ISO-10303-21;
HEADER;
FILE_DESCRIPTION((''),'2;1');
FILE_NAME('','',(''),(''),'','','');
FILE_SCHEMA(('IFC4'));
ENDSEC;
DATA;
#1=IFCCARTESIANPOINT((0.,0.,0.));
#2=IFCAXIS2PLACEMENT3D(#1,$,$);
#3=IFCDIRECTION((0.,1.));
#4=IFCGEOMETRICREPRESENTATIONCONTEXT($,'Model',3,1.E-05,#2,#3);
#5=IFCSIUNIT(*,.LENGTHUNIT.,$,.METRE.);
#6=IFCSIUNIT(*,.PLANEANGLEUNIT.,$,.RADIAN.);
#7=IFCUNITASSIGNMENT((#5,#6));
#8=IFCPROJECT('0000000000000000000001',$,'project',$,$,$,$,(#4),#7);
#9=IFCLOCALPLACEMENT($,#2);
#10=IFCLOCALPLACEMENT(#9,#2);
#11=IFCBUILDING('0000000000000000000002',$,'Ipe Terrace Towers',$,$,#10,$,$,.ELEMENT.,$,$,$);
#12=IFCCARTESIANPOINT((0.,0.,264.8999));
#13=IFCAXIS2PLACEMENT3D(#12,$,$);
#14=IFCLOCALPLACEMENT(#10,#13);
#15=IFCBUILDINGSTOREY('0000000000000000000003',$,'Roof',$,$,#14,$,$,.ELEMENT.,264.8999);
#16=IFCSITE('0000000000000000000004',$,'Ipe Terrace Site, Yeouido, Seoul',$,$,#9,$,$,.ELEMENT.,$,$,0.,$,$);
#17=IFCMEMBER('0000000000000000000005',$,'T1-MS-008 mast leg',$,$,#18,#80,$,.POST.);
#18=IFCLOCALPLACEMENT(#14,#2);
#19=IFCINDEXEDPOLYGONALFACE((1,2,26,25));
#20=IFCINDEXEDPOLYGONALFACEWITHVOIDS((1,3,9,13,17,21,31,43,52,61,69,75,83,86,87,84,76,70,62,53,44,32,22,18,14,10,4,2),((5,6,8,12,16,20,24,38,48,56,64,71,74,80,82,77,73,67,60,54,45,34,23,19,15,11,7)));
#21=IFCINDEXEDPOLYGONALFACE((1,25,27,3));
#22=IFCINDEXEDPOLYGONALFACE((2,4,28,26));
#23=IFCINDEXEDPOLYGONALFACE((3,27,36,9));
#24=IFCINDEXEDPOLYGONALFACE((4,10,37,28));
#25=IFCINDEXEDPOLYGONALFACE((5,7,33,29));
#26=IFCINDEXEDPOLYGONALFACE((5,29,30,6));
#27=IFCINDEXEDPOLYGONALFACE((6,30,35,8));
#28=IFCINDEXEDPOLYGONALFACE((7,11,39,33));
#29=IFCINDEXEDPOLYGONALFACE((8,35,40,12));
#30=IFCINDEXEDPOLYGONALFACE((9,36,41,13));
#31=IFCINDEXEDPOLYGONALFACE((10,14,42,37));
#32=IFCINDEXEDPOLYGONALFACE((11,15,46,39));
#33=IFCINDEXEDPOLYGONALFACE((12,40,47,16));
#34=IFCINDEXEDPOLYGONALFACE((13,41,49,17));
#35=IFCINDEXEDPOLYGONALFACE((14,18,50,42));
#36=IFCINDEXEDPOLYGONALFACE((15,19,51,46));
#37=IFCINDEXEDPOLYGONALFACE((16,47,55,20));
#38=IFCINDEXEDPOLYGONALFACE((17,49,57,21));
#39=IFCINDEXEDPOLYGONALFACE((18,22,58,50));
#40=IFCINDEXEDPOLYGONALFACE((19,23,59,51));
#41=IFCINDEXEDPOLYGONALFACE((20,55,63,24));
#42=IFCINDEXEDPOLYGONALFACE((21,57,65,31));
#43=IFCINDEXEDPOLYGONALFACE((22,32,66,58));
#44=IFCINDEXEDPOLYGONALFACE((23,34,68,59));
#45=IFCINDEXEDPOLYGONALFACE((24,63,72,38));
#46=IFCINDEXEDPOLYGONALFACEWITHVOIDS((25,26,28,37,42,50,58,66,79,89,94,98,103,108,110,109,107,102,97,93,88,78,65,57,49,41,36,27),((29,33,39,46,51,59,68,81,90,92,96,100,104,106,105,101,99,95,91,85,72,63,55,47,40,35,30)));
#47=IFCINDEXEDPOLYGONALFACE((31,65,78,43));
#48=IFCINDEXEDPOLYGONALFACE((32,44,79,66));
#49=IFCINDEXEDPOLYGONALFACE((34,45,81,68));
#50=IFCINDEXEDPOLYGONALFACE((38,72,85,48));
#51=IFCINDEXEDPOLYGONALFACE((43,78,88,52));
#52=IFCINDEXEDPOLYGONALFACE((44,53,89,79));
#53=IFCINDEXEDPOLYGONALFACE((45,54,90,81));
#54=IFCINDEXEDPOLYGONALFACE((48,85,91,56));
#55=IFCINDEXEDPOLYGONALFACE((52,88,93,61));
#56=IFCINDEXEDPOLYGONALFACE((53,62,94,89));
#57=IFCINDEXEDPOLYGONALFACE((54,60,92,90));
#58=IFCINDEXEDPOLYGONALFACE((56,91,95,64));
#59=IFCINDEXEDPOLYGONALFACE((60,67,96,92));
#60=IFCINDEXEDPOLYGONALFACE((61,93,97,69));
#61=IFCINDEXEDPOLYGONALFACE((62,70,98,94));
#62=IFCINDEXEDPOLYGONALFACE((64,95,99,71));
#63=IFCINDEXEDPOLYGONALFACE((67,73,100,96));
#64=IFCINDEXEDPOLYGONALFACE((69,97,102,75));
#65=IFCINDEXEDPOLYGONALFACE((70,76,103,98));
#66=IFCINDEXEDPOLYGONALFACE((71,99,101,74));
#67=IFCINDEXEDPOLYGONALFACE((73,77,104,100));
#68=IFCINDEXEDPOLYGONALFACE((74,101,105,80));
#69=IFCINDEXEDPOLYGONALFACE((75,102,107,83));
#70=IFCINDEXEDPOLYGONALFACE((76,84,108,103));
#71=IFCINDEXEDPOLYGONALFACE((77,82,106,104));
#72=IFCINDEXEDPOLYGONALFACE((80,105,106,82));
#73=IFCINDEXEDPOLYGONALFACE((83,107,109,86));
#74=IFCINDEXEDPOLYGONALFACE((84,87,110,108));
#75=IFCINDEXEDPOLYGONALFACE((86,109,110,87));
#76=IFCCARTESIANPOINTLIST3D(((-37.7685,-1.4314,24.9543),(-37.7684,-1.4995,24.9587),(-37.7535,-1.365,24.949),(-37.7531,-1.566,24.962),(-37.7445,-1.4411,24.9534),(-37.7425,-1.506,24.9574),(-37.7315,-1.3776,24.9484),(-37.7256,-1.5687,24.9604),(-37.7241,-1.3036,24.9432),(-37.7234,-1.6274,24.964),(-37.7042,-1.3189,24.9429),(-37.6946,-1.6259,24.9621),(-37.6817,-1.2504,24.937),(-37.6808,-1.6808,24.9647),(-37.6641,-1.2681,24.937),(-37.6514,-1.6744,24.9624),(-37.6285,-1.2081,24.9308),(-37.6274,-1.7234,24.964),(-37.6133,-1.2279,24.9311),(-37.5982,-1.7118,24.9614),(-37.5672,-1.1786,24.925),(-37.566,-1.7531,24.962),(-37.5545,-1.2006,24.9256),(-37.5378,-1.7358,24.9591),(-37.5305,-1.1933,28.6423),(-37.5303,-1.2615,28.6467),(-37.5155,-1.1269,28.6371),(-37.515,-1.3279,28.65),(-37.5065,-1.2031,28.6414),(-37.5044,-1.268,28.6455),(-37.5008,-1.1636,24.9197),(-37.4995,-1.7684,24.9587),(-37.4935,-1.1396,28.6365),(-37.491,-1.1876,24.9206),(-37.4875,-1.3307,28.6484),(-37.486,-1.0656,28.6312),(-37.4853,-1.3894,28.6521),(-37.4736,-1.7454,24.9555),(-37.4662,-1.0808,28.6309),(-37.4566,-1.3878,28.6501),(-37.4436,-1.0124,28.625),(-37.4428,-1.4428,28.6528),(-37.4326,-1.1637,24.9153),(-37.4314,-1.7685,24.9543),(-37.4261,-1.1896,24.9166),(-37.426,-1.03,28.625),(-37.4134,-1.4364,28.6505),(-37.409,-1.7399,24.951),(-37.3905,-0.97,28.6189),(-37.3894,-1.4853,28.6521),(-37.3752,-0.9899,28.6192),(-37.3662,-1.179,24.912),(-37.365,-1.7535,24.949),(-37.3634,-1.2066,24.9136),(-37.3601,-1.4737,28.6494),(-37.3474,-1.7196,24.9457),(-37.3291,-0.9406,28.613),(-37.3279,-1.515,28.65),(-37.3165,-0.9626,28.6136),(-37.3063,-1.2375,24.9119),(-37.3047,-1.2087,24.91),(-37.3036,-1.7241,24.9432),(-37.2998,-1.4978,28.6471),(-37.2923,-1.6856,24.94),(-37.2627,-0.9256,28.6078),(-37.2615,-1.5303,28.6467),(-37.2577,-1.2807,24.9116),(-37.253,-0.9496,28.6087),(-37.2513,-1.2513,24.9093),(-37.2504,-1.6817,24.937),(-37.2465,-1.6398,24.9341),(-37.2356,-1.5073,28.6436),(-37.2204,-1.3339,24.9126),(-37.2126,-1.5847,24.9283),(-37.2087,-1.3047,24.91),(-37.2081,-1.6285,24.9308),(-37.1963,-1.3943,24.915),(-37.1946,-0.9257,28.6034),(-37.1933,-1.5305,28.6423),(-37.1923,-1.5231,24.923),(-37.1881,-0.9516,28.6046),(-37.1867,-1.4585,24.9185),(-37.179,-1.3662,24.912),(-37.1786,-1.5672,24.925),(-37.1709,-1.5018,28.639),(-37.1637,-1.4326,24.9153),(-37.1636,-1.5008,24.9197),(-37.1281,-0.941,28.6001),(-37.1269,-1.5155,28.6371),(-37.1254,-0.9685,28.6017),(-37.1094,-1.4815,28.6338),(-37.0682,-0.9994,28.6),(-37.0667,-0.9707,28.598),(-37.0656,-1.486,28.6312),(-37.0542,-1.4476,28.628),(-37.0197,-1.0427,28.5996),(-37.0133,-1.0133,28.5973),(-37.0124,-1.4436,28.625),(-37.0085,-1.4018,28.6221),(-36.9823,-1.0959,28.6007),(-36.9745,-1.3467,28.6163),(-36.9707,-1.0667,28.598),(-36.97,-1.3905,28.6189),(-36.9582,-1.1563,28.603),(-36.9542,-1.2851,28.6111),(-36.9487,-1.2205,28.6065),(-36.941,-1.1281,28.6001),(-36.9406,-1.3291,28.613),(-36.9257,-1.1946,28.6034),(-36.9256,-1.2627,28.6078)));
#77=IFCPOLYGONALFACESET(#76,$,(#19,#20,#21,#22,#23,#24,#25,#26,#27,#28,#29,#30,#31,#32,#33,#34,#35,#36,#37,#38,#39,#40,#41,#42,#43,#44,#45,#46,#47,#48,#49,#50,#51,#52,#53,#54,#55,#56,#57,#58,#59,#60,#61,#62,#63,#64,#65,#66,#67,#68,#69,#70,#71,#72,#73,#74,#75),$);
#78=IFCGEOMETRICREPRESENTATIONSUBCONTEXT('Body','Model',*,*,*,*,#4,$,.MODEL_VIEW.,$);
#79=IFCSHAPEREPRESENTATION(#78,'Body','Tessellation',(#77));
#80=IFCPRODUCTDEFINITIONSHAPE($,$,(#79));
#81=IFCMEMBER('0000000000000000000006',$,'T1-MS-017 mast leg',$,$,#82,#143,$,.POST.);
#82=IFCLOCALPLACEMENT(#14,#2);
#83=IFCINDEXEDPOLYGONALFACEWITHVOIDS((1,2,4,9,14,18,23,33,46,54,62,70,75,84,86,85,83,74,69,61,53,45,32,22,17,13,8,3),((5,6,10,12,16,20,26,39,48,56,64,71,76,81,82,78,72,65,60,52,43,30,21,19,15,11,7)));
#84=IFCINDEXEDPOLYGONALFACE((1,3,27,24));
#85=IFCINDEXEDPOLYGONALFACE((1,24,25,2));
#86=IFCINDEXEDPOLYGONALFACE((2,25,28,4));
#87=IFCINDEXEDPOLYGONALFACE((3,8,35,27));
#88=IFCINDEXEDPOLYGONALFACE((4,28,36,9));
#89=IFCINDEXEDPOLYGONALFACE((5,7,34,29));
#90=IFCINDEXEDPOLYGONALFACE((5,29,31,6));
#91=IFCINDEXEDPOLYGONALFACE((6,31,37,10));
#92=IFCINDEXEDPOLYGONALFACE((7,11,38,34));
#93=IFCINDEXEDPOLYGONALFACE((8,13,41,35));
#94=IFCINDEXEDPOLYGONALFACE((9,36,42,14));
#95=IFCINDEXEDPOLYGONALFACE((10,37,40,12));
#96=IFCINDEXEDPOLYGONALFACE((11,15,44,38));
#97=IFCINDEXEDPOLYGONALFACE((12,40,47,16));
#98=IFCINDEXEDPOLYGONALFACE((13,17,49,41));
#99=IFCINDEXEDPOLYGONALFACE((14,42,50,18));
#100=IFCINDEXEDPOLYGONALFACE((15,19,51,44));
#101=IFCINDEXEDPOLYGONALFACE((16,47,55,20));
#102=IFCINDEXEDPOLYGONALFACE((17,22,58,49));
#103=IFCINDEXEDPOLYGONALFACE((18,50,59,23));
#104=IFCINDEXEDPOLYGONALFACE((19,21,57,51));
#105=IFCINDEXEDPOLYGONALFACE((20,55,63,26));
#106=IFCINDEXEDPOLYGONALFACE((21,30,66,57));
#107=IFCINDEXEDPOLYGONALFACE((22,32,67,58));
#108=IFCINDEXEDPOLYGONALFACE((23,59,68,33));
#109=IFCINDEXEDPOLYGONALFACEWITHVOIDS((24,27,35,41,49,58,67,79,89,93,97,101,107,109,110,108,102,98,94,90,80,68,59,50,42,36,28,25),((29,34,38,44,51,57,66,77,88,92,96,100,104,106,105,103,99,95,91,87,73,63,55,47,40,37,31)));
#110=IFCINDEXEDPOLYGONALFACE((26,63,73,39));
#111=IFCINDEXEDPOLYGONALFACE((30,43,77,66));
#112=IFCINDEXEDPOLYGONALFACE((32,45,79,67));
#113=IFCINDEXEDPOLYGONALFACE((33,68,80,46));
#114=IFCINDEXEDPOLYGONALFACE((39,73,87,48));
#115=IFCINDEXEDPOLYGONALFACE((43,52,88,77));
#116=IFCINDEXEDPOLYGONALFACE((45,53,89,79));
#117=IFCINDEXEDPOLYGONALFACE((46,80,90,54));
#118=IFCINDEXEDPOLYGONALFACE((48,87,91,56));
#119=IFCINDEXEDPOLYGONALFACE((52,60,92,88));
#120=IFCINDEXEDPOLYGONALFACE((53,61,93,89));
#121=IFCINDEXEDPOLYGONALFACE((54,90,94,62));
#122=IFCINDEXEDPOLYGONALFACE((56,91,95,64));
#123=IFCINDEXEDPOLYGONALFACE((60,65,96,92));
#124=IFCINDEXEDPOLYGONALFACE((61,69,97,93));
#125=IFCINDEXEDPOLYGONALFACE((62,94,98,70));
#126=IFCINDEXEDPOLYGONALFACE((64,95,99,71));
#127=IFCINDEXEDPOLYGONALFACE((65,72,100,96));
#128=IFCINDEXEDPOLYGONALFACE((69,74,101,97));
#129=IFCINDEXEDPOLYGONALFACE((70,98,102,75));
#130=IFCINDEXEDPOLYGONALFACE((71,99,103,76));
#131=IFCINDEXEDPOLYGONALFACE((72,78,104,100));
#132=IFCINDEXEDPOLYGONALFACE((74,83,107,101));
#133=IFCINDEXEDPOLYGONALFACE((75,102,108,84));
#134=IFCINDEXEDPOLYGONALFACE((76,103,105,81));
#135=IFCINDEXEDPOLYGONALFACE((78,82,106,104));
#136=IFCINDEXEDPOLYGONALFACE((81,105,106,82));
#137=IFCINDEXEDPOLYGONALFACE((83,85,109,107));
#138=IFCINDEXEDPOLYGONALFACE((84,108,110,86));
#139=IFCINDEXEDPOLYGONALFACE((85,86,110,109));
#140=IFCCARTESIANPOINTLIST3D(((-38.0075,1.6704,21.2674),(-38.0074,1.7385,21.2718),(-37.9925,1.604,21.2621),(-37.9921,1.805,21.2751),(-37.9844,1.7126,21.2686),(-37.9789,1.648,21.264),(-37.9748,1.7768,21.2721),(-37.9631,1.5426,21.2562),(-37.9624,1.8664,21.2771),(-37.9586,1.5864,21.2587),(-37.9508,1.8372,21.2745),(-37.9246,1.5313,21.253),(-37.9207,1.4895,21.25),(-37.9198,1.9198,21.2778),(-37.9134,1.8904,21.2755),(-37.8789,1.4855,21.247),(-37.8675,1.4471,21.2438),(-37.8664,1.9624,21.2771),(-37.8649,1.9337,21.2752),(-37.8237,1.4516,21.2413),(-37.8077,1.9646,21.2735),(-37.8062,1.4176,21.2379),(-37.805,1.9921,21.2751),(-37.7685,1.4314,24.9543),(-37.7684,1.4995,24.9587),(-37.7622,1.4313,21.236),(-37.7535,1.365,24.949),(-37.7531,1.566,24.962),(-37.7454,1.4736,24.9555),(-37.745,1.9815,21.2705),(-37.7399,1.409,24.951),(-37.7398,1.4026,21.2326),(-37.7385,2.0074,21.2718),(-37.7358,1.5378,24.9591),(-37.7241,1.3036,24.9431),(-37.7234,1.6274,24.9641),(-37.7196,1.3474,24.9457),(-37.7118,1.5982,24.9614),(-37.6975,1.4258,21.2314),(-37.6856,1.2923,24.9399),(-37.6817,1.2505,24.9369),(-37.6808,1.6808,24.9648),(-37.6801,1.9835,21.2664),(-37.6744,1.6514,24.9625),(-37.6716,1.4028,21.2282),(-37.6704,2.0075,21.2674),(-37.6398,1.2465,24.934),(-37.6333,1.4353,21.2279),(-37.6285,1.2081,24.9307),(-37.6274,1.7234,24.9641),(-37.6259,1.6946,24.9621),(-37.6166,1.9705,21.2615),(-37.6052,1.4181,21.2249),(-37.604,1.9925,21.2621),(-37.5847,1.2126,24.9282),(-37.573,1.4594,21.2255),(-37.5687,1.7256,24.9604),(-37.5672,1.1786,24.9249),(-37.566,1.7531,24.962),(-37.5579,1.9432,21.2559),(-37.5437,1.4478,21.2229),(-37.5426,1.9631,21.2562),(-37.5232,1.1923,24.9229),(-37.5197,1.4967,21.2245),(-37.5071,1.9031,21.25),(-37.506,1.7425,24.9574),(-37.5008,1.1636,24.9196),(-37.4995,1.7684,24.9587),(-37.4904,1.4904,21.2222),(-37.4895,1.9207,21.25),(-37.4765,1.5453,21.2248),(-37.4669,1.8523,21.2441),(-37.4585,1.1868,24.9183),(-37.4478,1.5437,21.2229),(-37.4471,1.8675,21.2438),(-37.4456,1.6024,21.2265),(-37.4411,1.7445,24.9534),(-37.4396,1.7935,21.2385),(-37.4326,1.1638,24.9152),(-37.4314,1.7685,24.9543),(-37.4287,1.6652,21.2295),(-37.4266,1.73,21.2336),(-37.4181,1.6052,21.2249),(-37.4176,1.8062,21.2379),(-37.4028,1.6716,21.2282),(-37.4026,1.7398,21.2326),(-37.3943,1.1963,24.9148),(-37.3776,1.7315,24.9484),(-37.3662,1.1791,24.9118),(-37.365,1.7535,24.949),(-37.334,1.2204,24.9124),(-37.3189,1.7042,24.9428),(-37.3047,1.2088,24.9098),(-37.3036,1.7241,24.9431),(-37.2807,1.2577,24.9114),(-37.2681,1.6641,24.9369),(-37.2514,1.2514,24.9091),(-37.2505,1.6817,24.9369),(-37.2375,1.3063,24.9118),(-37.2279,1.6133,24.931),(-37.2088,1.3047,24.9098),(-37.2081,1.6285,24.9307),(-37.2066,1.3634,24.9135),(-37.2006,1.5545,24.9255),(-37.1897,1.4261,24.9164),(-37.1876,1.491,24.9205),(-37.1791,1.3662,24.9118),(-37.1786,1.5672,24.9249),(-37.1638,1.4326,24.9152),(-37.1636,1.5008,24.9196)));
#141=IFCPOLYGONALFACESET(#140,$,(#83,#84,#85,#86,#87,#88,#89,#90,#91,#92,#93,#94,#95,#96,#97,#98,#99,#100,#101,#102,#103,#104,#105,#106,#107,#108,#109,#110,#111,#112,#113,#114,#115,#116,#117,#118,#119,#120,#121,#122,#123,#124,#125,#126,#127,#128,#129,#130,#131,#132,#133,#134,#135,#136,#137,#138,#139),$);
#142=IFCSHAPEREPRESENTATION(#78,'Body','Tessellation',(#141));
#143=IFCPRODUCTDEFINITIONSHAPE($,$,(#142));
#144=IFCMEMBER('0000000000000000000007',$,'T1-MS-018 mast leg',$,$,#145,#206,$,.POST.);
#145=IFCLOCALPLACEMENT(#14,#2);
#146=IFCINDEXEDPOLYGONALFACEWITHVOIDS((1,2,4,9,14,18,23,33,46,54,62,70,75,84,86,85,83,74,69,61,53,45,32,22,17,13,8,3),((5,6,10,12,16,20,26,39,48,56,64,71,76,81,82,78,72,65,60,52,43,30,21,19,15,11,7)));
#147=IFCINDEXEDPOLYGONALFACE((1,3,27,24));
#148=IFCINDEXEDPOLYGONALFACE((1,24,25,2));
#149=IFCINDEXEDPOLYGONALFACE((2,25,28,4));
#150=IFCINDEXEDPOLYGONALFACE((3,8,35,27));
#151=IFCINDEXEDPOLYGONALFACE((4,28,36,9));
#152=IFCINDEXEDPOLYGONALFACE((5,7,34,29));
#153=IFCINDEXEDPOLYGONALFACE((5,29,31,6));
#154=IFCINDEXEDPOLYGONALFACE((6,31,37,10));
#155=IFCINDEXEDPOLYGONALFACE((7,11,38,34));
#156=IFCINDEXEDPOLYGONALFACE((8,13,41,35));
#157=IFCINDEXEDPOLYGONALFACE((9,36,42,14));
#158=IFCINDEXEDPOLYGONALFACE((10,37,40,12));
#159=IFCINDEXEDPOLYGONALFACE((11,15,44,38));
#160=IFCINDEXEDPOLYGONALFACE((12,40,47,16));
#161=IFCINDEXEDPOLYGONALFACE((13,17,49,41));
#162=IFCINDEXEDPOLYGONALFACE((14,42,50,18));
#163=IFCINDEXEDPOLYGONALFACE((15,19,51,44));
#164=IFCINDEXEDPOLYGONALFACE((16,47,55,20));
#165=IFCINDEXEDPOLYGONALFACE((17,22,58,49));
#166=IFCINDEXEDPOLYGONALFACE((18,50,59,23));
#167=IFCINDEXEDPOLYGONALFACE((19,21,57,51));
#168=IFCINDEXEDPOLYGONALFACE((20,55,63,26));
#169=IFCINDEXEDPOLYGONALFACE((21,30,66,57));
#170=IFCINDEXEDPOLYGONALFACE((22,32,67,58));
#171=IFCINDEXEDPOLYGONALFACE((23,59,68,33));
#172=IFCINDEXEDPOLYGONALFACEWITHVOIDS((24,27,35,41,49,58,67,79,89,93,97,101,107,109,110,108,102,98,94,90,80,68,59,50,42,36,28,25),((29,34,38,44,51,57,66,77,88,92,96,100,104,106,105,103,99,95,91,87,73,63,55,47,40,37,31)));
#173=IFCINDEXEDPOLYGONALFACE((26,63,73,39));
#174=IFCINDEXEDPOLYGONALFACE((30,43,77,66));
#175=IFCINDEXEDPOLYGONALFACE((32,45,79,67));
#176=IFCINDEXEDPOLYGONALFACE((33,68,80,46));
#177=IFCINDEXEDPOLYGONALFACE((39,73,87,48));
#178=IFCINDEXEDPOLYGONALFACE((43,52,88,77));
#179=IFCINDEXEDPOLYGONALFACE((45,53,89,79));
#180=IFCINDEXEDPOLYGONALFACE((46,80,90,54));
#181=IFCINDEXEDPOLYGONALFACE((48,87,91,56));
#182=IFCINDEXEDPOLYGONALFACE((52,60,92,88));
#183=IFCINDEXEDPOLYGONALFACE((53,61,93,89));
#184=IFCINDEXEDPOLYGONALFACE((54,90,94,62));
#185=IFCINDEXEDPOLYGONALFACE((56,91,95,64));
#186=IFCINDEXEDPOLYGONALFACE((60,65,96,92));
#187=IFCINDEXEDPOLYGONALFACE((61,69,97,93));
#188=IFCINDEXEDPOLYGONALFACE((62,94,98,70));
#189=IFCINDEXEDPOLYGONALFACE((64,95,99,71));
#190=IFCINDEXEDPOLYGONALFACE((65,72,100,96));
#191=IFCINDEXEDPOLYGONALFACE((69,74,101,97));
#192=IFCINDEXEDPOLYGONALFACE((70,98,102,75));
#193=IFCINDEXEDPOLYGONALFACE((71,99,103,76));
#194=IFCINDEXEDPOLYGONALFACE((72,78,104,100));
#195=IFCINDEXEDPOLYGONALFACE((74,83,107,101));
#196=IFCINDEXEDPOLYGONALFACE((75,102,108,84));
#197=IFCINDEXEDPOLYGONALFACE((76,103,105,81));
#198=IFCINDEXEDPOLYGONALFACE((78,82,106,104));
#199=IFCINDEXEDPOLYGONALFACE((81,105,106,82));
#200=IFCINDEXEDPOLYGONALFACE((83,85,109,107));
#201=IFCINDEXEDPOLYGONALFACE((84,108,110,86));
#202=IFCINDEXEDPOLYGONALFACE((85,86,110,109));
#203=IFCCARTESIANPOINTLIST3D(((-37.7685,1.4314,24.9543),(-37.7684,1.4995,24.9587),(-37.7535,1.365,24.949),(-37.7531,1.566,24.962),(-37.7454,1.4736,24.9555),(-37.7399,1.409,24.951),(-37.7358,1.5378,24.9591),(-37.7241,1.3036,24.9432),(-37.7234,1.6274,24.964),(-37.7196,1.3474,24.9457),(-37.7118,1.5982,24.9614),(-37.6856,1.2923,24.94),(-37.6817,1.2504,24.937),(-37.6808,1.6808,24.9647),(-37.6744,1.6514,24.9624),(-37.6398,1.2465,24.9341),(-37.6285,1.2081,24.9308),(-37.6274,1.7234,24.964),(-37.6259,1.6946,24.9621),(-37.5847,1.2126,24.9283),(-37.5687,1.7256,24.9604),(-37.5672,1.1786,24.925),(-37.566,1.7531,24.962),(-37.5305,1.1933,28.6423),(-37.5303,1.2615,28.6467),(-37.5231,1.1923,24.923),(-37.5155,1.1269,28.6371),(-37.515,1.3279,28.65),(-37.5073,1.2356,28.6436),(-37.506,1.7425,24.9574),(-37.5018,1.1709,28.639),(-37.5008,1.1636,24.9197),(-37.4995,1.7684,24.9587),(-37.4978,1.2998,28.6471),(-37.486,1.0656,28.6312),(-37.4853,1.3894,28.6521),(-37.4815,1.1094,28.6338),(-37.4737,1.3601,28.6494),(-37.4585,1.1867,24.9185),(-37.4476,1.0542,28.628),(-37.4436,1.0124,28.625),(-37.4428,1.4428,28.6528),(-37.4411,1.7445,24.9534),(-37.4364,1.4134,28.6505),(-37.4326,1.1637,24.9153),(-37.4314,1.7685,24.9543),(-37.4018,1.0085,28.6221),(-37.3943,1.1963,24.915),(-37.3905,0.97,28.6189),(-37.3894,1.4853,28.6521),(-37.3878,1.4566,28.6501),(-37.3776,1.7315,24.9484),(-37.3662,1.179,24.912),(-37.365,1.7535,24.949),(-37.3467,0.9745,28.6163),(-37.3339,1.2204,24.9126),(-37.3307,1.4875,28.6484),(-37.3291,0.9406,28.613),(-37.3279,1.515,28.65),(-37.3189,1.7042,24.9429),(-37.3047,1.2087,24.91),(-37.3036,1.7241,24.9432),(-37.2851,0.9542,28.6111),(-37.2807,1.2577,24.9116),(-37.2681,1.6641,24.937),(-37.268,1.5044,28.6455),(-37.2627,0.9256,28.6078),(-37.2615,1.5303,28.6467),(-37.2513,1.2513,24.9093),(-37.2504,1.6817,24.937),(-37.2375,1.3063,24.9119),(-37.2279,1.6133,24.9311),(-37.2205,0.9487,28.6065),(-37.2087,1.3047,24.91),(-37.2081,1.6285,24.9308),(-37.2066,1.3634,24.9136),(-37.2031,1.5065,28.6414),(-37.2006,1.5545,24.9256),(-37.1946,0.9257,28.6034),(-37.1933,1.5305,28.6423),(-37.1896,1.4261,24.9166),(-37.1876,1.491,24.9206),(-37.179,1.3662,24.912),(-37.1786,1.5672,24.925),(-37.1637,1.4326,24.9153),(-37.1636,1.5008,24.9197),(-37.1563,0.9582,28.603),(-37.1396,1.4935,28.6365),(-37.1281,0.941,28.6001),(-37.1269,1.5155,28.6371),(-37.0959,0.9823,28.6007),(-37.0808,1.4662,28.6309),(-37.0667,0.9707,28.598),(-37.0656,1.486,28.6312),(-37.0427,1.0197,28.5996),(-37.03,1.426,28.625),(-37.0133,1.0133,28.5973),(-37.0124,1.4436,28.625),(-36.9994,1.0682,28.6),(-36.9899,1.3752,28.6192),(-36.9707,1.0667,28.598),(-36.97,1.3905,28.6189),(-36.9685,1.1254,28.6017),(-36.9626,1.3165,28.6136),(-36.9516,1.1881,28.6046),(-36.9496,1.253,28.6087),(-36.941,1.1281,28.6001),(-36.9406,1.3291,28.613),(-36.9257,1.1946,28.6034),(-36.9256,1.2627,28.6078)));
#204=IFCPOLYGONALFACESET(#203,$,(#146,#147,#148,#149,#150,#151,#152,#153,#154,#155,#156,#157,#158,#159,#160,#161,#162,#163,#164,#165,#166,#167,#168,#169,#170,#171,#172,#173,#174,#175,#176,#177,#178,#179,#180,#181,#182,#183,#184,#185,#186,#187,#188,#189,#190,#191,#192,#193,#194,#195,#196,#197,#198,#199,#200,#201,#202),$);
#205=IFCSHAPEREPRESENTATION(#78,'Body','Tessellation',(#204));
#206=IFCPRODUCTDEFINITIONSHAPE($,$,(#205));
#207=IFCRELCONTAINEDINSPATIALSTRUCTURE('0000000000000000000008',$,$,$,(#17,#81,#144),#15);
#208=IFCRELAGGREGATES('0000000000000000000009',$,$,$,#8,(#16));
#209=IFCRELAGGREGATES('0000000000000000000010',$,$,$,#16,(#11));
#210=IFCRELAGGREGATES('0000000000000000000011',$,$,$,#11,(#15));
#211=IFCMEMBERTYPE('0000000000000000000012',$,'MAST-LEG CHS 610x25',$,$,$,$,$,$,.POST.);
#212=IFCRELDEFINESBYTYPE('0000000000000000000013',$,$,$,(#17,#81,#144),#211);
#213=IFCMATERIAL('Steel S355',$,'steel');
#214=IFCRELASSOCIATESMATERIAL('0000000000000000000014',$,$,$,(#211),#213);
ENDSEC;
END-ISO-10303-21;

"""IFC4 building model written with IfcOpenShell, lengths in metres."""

from ifc_helpers import new_model, si_unit, direction, frame, origin, origin_2d, place, context, subcontext, project, spatial, hollow_circle, extrude, material, material_profile, profile_set, type_object, element, save


model = new_model("IFC4")

# Units and contexts
model_context = context("Model", 3, precision=1e-05, world=origin(), true_north=direction((0.0, 1.0)))
body_context = subcontext(model_context, "Body", "Model", "MODEL_VIEW")
ifc_project = project(units=[si_unit("LENGTHUNIT", "METRE"), si_unit("PLANEANGLEUNIT", "RADIAN")], contexts=[model_context])

# Site, building, storey
site_placement = place(None, origin())
site = spatial("IfcSite", under=ifc_project, at=site_placement, Name="Ipe Terrace Site, Yeouido, Seoul", CompositionType="ELEMENT", RefElevation=0.0)
building_placement = place(site_placement, origin())
building = spatial("IfcBuilding", under=site, at=building_placement, Name="Ipe Terrace Towers", CompositionType="ELEMENT")
storey_placement = place(building_placement, frame((0.0, 0.0, 264.8999)))
storey = spatial("IfcBuildingStorey", under=building, at=storey_placement, Name="Roof", CompositionType="ELEMENT", Elevation=264.8999)

# Members
ifc_material_1 = material(Name="Steel S355", Category="steel")
ifc_material_profile_1 = material_profile(ifc_material_1, hollow_circle(Radius=0.3049, WallThickness=0.0249, at=origin_2d()), Name="MAST-LEG CHS 610x25")
ifc_profile_set_1 = profile_set([ifc_material_profile_1], Name="Steel S355")
member_type_1 = type_object("IfcMemberType", Name="MAST-LEG CHS 610x25", PredefinedType="POST", material=ifc_profile_set_1)
member_1_placement = place(storey_placement, frame((-37.4661, -1.4661, 24.937), z_axis=(0.064277, 0.064277, 0.99586), x_axis=(-0.707107, 0.707107, 0.0)))
element("IfcMember", 1, at=member_1_placement, inside=storey, type_object=member_type_1, Name="T1-MS-008 mast leg", PredefinedType="POST", context=body_context, shape_type="SweptSolid", body=[
    extrude(hollow_circle(Radius=0.3049, WallThickness=0.0249, at=origin_2d()), origin(), (0.0, 0.0, 1.0), 3.7034),
])
member_2_placement = place(storey_placement, frame((-37.7051, 1.7051, 21.25), z_axis=(0.064555, -0.064555, 0.995824), x_axis=(0.707107, 0.707107, 0.0)))
element("IfcMember", 2, at=member_2_placement, inside=storey, type_object=member_type_1, Name="T1-MS-017 mast leg", PredefinedType="POST", context=body_context, shape_type="SweptSolid", body=[
    extrude(hollow_circle(Radius=0.3049, WallThickness=0.0249, at=origin_2d()), origin(), (0.0, 0.0, 1.0), 3.7024),
])
member_3_placement = place(storey_placement, frame((-37.4661, 1.4661, 24.937), z_axis=(0.064277, -0.064277, 0.99586), x_axis=(0.707107, 0.707107, 0.0)))
element("IfcMember", 3, at=member_3_placement, inside=storey, type_object=member_type_1, Name="T1-MS-018 mast leg", PredefinedType="POST", context=body_context, shape_type="SweptSolid", body=[
    extrude(hollow_circle(Radius=0.3049, WallThickness=0.0249, at=origin_2d()), origin(), (0.0, 0.0, 1.0), 3.7034),
])

save(model, "model.ifc")
